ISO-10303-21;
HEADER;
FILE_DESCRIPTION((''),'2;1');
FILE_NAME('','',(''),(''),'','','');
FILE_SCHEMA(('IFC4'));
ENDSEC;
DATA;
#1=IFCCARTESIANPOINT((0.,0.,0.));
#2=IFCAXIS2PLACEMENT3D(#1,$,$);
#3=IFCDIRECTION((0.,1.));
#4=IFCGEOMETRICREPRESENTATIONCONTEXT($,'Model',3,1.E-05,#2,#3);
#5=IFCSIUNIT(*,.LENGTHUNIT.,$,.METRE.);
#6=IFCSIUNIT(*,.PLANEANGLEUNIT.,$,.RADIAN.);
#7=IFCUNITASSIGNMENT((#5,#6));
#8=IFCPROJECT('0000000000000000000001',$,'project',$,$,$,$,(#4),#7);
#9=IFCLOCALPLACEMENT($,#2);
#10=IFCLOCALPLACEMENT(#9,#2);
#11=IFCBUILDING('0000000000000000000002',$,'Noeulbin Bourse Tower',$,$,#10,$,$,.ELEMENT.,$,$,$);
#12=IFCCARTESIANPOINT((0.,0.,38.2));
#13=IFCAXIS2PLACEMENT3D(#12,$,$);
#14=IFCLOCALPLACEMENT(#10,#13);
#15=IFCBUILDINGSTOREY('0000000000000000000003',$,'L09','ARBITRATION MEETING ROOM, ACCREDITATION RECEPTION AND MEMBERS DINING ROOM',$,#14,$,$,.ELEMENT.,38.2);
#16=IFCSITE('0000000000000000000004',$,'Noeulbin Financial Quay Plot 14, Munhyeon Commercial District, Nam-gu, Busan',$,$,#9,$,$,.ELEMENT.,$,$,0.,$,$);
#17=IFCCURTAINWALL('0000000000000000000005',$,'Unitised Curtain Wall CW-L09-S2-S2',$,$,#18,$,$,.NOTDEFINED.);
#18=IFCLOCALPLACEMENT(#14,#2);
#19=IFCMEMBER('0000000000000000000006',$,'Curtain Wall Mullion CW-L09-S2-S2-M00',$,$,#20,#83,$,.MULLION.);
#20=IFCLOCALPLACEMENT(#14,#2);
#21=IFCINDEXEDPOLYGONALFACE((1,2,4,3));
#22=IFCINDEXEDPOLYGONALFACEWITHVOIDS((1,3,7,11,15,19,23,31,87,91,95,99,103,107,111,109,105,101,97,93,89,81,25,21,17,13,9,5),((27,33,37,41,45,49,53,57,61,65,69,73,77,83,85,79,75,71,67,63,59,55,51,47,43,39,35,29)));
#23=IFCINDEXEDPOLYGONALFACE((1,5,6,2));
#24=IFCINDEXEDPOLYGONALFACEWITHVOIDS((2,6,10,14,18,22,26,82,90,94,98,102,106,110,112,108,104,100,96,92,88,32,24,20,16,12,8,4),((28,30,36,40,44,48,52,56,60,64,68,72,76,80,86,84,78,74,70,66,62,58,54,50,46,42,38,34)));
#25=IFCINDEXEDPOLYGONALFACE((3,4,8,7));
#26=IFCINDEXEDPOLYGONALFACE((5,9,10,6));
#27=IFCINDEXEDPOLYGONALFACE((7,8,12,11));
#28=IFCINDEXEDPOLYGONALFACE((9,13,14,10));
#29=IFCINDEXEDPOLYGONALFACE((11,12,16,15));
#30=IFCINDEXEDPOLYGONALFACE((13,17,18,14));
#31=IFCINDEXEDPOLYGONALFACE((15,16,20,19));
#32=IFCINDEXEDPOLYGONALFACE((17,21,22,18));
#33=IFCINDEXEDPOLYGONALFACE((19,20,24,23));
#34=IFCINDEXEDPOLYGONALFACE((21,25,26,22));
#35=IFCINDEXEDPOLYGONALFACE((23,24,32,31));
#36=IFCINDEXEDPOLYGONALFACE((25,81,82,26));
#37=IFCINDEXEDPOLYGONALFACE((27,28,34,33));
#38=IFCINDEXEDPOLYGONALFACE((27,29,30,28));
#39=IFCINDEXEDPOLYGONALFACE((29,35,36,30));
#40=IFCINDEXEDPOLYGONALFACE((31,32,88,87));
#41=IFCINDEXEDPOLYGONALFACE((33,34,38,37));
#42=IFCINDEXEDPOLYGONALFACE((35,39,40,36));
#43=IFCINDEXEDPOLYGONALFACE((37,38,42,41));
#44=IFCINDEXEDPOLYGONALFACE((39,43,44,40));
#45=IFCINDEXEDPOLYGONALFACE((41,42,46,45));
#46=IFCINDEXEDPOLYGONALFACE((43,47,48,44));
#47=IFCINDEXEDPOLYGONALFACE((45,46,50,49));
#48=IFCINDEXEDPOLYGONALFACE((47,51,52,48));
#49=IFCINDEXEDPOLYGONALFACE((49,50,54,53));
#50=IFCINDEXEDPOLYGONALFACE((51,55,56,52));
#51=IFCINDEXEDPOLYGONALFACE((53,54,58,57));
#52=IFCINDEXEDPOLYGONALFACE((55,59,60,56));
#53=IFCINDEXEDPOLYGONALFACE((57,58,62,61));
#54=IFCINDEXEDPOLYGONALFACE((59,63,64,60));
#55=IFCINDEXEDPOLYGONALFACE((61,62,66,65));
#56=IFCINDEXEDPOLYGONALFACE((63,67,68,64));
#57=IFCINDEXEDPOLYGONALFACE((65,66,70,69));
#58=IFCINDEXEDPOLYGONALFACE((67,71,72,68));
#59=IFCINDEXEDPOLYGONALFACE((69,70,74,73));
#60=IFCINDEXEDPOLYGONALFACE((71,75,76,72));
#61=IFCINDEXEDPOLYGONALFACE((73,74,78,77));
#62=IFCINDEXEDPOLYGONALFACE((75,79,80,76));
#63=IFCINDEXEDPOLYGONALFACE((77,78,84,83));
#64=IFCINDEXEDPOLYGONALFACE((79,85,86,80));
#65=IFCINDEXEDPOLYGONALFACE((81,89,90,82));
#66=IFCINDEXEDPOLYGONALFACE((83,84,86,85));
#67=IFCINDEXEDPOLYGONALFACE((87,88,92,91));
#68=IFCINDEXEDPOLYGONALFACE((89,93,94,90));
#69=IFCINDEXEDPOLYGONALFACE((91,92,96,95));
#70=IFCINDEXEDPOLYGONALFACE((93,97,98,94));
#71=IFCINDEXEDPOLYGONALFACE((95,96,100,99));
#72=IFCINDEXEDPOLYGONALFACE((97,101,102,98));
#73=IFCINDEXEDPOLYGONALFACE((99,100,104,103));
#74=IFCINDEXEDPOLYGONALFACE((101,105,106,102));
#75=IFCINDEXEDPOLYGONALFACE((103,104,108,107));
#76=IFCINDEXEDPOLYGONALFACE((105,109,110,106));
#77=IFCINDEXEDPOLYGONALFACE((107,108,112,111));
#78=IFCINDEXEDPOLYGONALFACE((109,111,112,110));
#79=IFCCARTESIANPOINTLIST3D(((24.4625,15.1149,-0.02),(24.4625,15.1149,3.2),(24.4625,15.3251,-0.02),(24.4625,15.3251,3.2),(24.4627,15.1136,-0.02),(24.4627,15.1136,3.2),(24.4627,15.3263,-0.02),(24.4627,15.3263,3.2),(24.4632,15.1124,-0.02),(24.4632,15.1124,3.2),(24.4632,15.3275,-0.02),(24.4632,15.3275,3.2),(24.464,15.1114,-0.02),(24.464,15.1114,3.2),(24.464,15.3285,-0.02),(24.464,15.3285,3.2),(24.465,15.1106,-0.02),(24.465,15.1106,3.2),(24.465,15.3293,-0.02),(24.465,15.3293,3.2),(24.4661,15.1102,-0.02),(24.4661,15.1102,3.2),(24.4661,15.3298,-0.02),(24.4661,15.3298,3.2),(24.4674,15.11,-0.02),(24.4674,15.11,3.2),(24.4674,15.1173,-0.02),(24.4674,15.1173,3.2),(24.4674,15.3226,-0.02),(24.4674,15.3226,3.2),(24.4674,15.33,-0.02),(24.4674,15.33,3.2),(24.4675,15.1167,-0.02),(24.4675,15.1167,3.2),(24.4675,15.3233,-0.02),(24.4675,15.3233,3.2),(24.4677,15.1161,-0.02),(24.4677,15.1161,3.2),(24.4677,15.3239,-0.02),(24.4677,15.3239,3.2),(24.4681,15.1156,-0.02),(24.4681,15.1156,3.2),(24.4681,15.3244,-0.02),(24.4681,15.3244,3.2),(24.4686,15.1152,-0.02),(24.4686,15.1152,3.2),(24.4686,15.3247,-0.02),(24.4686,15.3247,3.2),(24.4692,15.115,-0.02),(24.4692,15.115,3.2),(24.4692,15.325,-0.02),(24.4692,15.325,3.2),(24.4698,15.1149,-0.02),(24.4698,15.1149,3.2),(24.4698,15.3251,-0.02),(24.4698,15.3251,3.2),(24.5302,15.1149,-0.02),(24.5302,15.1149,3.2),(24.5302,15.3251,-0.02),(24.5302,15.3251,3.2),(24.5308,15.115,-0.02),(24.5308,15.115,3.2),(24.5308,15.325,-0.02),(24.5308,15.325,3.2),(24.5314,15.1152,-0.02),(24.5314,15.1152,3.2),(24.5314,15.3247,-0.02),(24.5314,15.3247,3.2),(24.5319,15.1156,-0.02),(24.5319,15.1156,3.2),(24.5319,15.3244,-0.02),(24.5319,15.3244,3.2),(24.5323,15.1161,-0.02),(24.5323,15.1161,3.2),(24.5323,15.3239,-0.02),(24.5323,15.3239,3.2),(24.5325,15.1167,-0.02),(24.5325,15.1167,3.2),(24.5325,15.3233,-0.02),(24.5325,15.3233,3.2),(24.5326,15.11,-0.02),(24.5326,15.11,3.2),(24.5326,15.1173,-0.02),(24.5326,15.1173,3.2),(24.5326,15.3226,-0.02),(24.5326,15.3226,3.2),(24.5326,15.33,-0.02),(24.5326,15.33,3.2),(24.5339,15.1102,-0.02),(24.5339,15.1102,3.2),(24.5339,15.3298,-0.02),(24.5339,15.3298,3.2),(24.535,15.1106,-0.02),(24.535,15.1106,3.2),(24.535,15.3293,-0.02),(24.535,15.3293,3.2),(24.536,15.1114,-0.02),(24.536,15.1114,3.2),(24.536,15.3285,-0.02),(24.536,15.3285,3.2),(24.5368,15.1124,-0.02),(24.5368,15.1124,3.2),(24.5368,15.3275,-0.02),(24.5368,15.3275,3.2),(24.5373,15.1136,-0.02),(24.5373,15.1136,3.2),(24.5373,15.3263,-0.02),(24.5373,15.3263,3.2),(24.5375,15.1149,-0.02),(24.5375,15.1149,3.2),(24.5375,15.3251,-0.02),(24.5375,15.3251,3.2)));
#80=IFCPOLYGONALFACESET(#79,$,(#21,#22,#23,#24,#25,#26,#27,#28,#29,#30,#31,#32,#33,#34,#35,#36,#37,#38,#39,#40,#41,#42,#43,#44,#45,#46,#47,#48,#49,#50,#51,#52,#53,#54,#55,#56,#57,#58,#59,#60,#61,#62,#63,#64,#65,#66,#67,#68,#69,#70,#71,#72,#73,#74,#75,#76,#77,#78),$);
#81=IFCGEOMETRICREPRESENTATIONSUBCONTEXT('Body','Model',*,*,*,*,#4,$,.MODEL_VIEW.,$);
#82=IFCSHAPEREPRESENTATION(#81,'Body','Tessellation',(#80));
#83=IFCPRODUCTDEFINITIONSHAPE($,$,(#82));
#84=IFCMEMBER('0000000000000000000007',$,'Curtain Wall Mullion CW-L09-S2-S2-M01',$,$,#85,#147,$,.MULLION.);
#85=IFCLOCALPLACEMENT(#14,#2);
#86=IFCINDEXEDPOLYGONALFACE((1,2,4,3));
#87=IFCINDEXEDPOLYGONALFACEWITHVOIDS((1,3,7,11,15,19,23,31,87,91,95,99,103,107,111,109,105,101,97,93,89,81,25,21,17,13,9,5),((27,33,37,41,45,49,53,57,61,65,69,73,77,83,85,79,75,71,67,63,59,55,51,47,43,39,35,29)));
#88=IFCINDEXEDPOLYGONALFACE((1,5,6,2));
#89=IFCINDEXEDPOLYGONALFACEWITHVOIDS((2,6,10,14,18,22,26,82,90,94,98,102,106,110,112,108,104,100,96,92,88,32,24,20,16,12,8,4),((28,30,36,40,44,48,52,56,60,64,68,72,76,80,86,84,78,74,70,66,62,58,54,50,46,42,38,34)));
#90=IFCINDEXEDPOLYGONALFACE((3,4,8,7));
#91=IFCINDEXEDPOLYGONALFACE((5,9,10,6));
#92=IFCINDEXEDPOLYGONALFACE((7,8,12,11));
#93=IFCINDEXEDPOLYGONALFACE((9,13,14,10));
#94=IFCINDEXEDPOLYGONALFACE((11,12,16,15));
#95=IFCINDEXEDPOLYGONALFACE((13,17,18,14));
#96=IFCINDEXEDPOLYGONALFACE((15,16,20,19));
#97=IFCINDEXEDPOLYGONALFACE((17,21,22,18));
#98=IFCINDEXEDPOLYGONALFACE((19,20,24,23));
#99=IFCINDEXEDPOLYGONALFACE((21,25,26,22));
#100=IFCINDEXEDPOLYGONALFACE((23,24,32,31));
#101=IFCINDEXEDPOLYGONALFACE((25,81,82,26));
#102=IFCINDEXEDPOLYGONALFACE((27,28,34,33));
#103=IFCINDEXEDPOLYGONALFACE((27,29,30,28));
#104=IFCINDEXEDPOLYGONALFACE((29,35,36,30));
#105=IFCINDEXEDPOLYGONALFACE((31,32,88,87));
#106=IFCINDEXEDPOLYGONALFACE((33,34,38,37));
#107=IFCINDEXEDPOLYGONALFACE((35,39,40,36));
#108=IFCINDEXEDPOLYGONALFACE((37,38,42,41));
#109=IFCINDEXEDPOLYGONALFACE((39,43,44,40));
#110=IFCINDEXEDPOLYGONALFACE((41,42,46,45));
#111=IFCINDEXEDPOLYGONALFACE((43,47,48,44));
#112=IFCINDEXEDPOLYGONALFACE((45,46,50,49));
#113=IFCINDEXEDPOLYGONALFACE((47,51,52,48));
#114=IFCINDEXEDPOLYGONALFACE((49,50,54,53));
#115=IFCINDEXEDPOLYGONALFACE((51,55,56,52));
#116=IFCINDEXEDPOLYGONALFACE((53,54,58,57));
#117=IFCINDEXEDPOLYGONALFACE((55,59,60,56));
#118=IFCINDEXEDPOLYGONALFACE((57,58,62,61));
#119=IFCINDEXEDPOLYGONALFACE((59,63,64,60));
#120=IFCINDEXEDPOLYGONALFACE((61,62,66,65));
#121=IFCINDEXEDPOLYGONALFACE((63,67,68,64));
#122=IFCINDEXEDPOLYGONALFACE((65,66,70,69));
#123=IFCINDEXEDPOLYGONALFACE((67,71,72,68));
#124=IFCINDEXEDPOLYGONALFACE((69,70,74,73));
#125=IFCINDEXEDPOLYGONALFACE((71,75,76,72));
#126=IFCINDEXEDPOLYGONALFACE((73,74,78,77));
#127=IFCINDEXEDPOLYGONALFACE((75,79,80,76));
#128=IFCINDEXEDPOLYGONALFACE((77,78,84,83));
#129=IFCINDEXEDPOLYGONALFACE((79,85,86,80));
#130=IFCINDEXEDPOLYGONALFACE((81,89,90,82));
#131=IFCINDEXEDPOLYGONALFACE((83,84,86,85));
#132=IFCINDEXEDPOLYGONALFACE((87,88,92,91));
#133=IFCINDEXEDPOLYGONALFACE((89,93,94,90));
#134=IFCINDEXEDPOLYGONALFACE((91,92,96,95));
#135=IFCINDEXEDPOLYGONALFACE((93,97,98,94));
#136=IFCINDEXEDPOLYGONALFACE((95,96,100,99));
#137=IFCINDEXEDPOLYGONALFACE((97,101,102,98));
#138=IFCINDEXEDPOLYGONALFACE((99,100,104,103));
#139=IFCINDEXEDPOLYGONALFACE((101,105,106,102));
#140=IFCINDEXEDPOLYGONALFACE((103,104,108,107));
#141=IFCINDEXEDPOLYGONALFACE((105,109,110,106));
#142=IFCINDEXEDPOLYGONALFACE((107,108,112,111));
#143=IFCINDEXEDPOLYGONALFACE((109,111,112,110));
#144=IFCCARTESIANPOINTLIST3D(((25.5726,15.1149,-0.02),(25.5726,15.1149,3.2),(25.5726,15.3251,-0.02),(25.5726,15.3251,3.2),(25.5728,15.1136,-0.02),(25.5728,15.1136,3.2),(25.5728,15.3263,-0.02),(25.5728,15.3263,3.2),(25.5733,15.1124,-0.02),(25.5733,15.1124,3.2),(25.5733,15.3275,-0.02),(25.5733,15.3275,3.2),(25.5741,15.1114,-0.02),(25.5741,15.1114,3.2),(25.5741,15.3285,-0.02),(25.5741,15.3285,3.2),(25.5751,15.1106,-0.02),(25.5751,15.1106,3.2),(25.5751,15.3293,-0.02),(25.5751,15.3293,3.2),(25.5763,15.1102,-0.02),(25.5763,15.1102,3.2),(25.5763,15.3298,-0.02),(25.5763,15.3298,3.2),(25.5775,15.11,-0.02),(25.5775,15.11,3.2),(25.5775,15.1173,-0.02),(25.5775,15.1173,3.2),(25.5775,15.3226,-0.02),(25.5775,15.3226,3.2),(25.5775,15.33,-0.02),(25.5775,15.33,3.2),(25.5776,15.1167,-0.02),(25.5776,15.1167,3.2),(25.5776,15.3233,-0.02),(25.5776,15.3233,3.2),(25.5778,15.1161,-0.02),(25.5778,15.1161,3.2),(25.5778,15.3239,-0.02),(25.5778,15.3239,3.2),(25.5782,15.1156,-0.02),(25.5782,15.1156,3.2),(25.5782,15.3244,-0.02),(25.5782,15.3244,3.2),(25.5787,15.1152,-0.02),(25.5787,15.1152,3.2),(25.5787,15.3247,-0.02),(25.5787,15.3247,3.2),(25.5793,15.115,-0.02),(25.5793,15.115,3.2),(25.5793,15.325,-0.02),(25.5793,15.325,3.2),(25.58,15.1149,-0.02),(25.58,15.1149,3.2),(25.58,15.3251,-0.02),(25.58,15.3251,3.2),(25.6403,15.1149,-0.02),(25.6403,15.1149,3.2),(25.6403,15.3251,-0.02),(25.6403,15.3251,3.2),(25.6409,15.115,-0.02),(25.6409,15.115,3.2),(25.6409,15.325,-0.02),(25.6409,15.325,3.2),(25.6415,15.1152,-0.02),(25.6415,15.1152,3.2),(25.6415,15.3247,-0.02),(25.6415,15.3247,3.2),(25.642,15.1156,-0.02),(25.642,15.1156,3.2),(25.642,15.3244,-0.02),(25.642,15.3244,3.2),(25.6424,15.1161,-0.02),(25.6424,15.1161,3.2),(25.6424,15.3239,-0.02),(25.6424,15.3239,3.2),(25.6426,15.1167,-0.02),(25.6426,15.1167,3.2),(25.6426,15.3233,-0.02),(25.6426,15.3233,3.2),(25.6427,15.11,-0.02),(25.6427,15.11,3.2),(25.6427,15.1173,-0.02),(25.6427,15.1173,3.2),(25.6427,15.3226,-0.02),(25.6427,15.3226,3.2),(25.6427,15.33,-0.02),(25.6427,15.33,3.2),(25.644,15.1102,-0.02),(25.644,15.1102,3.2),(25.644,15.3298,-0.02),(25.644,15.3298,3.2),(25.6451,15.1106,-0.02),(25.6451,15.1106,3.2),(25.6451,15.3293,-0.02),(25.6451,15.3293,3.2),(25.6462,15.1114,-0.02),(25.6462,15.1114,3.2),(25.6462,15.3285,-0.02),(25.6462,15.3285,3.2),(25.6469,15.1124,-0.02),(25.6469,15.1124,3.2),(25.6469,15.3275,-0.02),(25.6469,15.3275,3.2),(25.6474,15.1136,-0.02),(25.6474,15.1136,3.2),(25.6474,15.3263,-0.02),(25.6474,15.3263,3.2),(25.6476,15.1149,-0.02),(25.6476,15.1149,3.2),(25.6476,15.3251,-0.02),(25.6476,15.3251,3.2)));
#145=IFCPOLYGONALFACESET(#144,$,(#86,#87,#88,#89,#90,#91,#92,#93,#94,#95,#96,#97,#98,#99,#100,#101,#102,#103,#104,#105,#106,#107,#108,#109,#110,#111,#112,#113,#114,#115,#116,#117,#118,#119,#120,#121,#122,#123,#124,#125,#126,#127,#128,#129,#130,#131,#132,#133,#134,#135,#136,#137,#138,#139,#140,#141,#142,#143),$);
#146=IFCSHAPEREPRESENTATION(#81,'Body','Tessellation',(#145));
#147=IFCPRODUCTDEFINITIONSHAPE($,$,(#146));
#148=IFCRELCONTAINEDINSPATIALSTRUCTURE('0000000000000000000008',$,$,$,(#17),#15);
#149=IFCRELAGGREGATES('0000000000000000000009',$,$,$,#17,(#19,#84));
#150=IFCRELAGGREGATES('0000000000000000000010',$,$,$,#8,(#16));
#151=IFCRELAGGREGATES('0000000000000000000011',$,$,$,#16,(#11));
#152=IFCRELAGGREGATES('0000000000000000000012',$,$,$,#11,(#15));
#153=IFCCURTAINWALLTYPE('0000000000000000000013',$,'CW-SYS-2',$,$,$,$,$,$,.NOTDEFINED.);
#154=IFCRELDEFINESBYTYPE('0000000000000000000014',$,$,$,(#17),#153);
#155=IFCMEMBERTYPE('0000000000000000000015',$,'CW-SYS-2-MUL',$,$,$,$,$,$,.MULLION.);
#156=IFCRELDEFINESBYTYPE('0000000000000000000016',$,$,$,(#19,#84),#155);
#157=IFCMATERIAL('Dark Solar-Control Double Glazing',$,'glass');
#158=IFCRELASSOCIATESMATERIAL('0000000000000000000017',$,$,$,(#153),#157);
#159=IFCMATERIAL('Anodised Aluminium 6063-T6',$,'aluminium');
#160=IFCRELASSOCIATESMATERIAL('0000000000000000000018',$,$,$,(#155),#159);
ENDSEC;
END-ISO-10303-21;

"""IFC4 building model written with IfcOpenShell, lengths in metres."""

from ifc_helpers import new_model, si_unit, direction, frame, origin, origin_2d, place, context, subcontext, project, spatial, hollow_rectangle, extrude, material, material_profile, profile_set, type_object, element, aggregate, save


model = new_model("IFC4")

# Units and contexts
model_context = context("Model", 3, precision=1e-05, world=origin(), true_north=direction((0.0, 1.0)))
body_context = subcontext(model_context, "Body", "Model", "MODEL_VIEW")
ifc_project = project(units=[si_unit("LENGTHUNIT", "METRE"), si_unit("PLANEANGLEUNIT", "RADIAN")], contexts=[model_context])

# Site, building, storey
site_placement = place(None, origin())
site = spatial("IfcSite", under=ifc_project, at=site_placement, Name="Noeulbin Financial Quay Plot 14, Munhyeon Commercial District, Nam-gu, Busan", CompositionType="ELEMENT", RefElevation=0.0)
building_placement = place(site_placement, origin())
building = spatial("IfcBuilding", under=site, at=building_placement, Name="Noeulbin Bourse Tower", CompositionType="ELEMENT")
storey_placement = place(building_placement, frame((0.0, 0.0, 38.2)))
storey = spatial("IfcBuildingStorey", under=building, at=storey_placement, Name="L09", Description="ARBITRATION MEETING ROOM, ACCREDITATION RECEPTION AND MEMBERS DINING ROOM", CompositionType="ELEMENT", Elevation=38.2)

# Shared definitions
ifc_material_1 = material(Name="Dark Solar-Control Double Glazing", Category="glass")
curtain_wall_type = type_object("IfcCurtainWallType", Name="CW-SYS-2", PredefinedType="NOTDEFINED", material=ifc_material_1)
ifc_material_2 = material(Name="Anodised Aluminium 6063-T6", Category="aluminium")
ifc_material_profile_1 = material_profile(ifc_material_2, hollow_rectangle(XDim=0.075, YDim=0.22, WallThickness=0.0049, InnerFilletRadius=0.0024, OuterFilletRadius=0.0049, at=origin_2d()), Name="ALU-MULL-75x220x5", Category="LoadBearing")
ifc_profile_set_1 = profile_set([ifc_material_profile_1], Name="Anodised Aluminium 6063-T6")
member_type_1 = type_object("IfcMemberType", Name="CW-SYS-2-MUL", PredefinedType="MULLION", material=ifc_profile_set_1)

# Curtain wall, members
curtain_wall_1_placement = place(storey_placement, origin())
curtain_wall_1 = element("IfcCurtainWall", 1, at=curtain_wall_1_placement, inside=storey, type_object=curtain_wall_type, Name="Unitised Curtain Wall CW-L09-S2-S2", PredefinedType="NOTDEFINED")
member_1_placement = place(storey_placement, frame((24.5, 15.22, -0.02), z_axis=(0.0, 0.0, 1.0), x_axis=(1.0, 0.0, 0.0)))
member_1 = element("IfcMember", 2, at=member_1_placement, type_object=member_type_1, Name="Curtain Wall Mullion CW-L09-S2-S2-M00", PredefinedType="MULLION", context=body_context, shape_type="SweptSolid", body=[
    extrude(hollow_rectangle(XDim=0.075, YDim=0.22, WallThickness=0.0049, InnerFilletRadius=0.0024, OuterFilletRadius=0.0049, at=origin_2d()), origin(), (0.0, 0.0, 1.0), 3.22),
])
member_2_placement = place(storey_placement, frame((25.6101, 15.22, -0.02), z_axis=(0.0, 0.0, 1.0), x_axis=(1.0, 0.0, 0.0)))
member_2 = element("IfcMember", 3, at=member_2_placement, type_object=member_type_1, Name="Curtain Wall Mullion CW-L09-S2-S2-M01", PredefinedType="MULLION", context=body_context, shape_type="SweptSolid", body=[
    extrude(hollow_rectangle(XDim=0.075, YDim=0.22, WallThickness=0.0049, InnerFilletRadius=0.0024, OuterFilletRadius=0.0049, at=origin_2d()), origin(), (0.0, 0.0, 1.0), 3.22),
])

aggregate(curtain_wall_1, [member_1, member_2])

save(model, "model.ifc")
